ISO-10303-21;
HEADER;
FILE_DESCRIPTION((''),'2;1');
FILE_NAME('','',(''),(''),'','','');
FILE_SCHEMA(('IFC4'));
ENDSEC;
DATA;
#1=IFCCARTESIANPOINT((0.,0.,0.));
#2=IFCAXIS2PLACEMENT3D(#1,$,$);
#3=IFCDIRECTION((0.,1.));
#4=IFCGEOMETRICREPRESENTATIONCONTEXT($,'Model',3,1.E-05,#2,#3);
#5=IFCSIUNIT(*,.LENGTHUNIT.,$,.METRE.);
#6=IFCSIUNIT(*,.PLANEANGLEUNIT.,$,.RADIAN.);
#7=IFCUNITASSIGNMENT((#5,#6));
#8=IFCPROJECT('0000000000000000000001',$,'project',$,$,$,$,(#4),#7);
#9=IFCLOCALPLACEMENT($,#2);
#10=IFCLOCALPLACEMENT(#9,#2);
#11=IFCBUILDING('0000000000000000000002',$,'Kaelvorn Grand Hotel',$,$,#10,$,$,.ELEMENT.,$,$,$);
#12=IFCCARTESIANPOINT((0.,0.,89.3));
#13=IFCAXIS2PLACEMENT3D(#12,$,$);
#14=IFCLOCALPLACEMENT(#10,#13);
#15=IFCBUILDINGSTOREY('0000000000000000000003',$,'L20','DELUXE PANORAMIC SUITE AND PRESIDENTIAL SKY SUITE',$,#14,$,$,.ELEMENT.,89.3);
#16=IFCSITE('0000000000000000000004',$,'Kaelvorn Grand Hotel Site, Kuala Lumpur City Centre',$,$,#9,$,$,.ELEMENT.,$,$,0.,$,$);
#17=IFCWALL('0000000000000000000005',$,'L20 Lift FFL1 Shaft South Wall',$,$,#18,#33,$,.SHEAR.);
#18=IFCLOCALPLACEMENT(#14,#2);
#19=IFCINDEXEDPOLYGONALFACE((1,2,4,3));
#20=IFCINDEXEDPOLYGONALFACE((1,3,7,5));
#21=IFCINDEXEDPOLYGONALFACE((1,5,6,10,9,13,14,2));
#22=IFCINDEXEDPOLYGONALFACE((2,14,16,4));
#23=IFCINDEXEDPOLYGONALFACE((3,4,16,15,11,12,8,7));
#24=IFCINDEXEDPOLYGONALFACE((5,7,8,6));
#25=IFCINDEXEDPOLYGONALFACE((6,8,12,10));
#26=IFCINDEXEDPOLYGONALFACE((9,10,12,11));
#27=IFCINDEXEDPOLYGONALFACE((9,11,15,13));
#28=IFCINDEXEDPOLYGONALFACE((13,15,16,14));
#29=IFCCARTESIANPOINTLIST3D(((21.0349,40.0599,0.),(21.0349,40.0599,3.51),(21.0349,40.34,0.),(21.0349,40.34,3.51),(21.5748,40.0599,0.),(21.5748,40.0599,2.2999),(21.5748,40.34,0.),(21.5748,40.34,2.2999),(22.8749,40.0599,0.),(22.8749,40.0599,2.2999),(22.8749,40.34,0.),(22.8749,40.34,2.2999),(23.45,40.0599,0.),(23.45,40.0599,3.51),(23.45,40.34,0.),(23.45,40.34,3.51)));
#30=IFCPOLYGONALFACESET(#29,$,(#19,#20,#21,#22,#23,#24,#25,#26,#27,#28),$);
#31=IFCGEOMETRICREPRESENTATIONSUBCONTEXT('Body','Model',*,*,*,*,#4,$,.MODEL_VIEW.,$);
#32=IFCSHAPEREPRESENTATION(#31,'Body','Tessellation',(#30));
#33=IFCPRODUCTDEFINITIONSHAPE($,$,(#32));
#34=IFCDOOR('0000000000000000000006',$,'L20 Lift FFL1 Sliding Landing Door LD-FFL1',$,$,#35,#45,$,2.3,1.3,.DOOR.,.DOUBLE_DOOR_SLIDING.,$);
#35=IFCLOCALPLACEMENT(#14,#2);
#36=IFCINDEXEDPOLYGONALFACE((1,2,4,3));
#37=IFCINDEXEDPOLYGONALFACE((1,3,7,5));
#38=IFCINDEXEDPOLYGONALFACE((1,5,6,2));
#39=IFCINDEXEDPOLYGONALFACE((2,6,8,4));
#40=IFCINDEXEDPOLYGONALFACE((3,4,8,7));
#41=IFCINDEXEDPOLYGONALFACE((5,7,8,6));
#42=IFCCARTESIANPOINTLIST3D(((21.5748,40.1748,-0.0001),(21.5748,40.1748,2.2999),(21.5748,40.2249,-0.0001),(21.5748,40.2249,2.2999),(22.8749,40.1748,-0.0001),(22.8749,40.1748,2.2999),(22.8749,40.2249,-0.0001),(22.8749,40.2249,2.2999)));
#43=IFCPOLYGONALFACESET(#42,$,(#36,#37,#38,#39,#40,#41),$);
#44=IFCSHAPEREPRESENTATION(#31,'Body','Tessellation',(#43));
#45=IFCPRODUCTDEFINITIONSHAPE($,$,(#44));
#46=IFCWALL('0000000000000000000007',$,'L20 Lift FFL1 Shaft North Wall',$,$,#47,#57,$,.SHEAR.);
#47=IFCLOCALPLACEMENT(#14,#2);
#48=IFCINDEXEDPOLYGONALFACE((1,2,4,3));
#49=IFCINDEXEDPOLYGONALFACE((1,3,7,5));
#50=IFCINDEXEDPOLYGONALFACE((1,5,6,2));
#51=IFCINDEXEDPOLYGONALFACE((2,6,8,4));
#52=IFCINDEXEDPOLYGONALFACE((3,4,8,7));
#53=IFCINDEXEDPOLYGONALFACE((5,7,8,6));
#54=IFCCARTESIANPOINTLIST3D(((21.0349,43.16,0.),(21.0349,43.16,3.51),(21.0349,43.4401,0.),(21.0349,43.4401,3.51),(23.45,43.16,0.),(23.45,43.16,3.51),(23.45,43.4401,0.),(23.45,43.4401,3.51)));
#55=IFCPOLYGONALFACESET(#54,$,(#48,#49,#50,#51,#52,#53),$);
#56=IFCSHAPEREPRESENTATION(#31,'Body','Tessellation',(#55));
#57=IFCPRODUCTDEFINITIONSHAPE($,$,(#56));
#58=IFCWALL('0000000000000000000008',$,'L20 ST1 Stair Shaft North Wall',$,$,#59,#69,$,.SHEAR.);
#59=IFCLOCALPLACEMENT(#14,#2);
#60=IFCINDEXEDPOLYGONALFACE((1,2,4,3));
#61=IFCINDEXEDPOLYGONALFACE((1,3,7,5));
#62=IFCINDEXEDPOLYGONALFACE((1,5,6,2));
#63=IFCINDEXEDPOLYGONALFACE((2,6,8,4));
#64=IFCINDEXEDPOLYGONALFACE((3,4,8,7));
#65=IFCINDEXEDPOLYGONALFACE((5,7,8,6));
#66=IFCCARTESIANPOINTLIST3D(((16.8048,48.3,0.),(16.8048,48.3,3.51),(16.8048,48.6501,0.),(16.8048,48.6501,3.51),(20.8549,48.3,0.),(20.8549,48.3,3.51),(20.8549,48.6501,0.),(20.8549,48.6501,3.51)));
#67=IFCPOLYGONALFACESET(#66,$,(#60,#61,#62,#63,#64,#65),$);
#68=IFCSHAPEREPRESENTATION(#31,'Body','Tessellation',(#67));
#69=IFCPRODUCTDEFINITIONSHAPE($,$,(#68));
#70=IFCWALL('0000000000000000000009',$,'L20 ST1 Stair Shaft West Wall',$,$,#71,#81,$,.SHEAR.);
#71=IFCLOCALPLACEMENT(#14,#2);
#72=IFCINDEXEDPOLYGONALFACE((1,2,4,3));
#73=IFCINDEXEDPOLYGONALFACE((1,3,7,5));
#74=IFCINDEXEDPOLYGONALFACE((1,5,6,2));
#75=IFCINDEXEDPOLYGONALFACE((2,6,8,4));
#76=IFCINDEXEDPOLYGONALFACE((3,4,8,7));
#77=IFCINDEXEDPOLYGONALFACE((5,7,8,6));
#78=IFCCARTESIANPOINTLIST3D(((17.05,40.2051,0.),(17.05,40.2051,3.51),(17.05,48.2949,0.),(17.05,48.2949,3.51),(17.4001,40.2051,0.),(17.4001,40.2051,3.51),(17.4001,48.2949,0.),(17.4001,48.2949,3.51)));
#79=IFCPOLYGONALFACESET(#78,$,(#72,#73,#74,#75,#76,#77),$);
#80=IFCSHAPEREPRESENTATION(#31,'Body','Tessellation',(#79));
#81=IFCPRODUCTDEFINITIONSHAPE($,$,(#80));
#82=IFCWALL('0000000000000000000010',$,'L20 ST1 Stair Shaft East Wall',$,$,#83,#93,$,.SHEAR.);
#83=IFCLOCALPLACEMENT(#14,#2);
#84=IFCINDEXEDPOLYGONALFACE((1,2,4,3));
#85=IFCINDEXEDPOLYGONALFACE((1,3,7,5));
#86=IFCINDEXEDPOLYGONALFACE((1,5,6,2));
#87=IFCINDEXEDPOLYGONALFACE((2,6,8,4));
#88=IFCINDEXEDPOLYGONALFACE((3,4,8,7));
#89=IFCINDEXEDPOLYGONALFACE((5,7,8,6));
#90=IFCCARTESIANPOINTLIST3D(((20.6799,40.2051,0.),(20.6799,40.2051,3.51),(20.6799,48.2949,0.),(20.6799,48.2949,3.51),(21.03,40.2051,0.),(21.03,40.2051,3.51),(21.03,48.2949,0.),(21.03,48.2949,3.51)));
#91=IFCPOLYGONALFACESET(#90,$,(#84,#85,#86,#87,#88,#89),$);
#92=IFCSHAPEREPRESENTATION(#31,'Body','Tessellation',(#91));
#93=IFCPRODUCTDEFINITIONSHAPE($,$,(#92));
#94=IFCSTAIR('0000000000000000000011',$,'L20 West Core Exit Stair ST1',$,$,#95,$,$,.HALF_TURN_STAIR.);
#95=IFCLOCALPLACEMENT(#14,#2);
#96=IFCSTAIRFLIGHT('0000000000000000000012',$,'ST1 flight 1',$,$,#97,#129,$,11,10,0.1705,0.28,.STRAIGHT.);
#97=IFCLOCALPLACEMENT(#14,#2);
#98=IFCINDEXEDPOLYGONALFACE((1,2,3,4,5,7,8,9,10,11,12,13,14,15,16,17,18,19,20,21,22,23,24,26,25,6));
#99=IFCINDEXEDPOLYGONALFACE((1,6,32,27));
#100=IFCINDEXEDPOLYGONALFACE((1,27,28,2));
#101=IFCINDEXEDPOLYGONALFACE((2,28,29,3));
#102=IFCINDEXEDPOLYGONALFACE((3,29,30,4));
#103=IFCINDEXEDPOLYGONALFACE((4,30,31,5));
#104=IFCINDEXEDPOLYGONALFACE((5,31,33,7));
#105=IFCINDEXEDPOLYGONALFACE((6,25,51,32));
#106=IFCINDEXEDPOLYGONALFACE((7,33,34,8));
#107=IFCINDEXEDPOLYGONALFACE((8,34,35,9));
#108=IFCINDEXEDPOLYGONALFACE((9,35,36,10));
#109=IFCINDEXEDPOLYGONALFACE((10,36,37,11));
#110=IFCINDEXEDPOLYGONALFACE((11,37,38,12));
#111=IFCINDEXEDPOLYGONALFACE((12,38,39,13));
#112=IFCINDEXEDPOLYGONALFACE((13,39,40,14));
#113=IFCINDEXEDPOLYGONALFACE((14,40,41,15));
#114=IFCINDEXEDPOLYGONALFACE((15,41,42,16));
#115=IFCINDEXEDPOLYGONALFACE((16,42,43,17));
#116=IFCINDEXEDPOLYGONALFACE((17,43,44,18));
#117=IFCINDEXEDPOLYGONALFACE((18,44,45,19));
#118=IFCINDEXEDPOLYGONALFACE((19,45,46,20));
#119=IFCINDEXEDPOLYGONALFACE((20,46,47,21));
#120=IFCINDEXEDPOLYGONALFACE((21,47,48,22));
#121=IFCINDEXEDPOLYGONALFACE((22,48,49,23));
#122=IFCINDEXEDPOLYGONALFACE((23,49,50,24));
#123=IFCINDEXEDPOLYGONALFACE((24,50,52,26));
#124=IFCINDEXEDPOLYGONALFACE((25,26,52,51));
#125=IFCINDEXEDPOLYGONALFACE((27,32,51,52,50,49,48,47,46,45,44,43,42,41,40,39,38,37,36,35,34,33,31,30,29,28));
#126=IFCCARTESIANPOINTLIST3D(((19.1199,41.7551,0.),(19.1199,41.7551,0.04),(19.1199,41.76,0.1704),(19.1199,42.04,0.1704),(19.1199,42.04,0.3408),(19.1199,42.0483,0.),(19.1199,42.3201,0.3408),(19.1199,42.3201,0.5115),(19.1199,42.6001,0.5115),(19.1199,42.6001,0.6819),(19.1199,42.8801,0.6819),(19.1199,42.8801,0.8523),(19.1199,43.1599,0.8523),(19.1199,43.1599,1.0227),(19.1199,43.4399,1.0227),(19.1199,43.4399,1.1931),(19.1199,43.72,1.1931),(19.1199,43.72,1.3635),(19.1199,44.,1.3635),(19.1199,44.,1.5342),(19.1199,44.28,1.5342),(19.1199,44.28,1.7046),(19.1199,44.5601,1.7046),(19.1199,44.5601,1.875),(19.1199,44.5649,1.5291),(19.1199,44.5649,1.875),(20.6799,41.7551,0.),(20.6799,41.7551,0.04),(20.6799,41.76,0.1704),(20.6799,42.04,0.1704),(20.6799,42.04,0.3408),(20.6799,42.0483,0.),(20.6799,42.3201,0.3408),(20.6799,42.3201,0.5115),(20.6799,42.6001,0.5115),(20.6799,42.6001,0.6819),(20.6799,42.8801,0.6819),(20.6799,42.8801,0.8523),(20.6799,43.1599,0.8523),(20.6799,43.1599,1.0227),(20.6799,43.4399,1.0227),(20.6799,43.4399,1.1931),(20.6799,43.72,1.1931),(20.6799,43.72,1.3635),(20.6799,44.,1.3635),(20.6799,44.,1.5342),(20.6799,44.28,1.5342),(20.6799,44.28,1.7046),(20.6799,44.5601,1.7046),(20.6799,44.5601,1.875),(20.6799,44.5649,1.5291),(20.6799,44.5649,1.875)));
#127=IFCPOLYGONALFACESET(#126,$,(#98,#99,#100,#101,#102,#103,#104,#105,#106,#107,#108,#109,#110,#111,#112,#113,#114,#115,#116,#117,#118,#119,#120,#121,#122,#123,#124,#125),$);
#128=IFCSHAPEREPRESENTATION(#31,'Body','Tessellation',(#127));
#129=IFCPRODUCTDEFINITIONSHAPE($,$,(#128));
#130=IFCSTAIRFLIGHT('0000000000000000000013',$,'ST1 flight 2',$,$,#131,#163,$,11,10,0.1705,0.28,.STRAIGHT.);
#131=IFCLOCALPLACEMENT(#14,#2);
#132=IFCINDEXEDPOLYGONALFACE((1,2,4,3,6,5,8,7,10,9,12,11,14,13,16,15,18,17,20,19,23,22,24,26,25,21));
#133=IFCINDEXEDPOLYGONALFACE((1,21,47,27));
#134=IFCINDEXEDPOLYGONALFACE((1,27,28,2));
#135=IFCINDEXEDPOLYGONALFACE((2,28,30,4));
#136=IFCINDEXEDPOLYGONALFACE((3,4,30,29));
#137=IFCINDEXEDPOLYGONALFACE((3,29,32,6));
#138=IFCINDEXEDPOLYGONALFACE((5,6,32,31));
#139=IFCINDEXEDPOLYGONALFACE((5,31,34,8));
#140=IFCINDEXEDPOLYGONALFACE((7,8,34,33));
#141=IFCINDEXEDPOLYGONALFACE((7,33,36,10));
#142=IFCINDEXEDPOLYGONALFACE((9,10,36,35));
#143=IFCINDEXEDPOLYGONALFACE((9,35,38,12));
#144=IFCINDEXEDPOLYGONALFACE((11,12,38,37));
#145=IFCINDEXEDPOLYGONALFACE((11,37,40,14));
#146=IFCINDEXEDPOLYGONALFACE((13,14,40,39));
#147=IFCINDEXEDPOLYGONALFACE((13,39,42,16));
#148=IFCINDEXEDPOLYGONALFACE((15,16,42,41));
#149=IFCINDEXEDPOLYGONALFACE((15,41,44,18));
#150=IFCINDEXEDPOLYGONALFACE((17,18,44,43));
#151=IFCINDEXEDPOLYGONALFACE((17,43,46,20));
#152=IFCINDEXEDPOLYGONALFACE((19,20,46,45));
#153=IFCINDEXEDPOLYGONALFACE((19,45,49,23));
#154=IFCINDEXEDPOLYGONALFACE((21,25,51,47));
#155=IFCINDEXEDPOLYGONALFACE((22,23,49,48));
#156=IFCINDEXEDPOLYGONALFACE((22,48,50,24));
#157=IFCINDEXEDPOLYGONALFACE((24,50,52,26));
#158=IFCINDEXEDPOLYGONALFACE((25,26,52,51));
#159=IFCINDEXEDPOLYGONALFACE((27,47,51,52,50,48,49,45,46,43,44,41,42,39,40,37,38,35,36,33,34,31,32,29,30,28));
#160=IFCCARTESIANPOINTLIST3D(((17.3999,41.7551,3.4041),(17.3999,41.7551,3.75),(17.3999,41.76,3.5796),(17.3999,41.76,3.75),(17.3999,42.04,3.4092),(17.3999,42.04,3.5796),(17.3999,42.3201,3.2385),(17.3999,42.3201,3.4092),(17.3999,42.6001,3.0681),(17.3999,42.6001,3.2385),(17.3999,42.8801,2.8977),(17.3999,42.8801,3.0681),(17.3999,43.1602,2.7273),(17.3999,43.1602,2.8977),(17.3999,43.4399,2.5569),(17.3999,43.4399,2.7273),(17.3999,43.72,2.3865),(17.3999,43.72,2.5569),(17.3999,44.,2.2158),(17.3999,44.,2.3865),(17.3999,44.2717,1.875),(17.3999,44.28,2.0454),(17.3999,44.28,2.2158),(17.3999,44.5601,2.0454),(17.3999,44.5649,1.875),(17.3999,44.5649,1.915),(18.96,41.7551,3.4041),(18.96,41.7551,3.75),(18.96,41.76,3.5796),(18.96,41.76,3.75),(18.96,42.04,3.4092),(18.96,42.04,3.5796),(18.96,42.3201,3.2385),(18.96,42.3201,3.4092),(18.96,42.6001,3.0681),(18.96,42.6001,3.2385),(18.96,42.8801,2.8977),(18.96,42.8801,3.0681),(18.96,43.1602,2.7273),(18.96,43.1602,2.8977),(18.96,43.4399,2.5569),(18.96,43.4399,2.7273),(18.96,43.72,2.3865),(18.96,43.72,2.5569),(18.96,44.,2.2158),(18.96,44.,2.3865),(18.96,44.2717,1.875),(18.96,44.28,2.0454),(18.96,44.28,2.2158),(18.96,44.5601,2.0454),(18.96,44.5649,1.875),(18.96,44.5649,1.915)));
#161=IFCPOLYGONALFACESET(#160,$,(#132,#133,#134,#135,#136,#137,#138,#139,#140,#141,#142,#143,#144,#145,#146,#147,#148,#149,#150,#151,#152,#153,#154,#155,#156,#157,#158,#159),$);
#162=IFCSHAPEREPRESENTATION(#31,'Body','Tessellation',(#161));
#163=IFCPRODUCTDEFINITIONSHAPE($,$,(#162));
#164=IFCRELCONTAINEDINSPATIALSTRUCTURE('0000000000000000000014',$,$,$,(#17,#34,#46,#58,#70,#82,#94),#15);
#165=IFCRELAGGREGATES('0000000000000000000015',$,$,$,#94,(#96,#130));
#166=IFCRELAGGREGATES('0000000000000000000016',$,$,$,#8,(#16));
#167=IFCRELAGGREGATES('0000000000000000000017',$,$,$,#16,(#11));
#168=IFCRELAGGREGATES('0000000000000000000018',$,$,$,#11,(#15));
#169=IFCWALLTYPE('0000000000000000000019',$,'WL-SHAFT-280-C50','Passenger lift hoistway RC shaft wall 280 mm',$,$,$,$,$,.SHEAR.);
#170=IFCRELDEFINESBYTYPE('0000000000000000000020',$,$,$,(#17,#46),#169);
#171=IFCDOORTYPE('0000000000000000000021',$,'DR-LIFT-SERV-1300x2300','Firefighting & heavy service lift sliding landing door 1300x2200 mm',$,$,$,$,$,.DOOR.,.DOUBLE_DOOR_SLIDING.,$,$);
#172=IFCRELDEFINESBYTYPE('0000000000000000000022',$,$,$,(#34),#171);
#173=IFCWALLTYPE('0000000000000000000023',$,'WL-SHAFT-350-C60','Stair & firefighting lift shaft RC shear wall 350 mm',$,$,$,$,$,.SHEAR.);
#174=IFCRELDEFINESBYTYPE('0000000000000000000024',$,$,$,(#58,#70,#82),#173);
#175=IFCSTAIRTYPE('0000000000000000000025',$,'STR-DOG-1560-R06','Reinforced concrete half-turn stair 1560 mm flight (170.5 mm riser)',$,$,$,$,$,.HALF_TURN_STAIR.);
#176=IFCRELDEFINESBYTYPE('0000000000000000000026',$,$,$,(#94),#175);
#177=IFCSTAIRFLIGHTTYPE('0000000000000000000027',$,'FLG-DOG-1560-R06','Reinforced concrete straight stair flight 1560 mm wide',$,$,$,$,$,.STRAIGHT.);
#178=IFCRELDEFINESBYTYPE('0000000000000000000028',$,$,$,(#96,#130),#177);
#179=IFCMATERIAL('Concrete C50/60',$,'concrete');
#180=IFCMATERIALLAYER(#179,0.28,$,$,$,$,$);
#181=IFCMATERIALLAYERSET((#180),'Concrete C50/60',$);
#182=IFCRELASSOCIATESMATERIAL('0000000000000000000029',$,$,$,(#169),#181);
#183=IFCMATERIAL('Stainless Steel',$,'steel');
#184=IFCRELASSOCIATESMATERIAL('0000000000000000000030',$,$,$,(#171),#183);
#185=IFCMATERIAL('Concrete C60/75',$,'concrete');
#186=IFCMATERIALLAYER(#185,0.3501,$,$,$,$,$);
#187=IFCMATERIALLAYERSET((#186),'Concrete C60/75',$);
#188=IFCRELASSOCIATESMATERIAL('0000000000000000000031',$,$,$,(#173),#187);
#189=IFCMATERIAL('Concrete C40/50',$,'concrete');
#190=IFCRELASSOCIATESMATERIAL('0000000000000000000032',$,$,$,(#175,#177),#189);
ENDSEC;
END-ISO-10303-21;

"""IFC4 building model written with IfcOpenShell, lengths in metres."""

from ifc_helpers import new_model, si_unit, direction, frame, frame_2d, origin, place, context, subcontext, project, spatial, polyline, rectangle, outline, extrude, material, layer, layer_set, type_object, element, fill, aggregate, save


model = new_model("IFC4")

# Units and contexts
model_context = context("Model", 3, precision=1e-05, world=origin(), true_north=direction((0.0, 1.0)))
body_context = subcontext(model_context, "Body", "Model", "MODEL_VIEW")
ifc_project = project(units=[si_unit("LENGTHUNIT", "METRE"), si_unit("PLANEANGLEUNIT", "RADIAN")], contexts=[model_context])

# Site, building, storey
site_placement = place(None, origin())
site = spatial("IfcSite", under=ifc_project, at=site_placement, Name="Kaelvorn Grand Hotel Site, Kuala Lumpur City Centre", CompositionType="ELEMENT", RefElevation=0.0)
building_placement = place(site_placement, origin())
building = spatial("IfcBuilding", under=site, at=building_placement, Name="Kaelvorn Grand Hotel", CompositionType="ELEMENT")
storey_placement = place(building_placement, frame((0.0, 0.0, 89.3)))
storey = spatial("IfcBuildingStorey", under=building, at=storey_placement, Name="L20", Description="DELUXE PANORAMIC SUITE AND PRESIDENTIAL SKY SUITE", CompositionType="ELEMENT", Elevation=89.3)

# Shared definitions
ifc_material_1 = material(Name="Concrete C60/75", Category="concrete")

# Shared definitions
ifc_material_2 = material(Name="Concrete C40/50", Category="concrete")

# Wall, opening, door
ifc_material_3 = material(Name="Concrete C50/60", Category="concrete")
ifc_layer_1 = layer(ifc_material_3, 0.28)
ifc_layer_set_1 = layer_set([ifc_layer_1], Name="Concrete C50/60")
wall_type_1 = type_object("IfcWallType", Name="WL-SHAFT-280-C50", Description="Passenger lift hoistway RC shaft wall 280 mm", PredefinedType="SHEAR", material=ifc_layer_set_1)
wall_1_placement = place(storey_placement, frame((21.0349, 40.2, 0.0), z_axis=(0.0, 0.0, 1.0), x_axis=(1.0, 0.0, 0.0)))
wall_1 = element("IfcWall", 1, at=wall_1_placement, inside=storey, type_object=wall_type_1, Name="L20 Lift FFL1 Shaft South Wall", PredefinedType="SHEAR", context=body_context, shape_type="SweptSolid", body=[
    extrude(rectangle(XDim=2.415, YDim=0.28, at=frame_2d((1.2075, 0.0))), origin(), (0.0, 0.0, 1.0), 3.51),
])
opening_1_placement = place(wall_1_placement, frame((0.54, 0.0, 0.0)))
opening_1 = element("IfcOpeningElement", 2, at=opening_1_placement, cuts=wall_1, PredefinedType="OPENING", context=body_context, shape_type="SweptSolid", body=[
    extrude(rectangle(XDim=1.3, YDim=2.3, at=frame_2d((0.6499, 1.1499))), frame((0.0, 0.1499, 0.0), z_axis=(0.0, -1.0, 0.0), x_axis=(1.0, 0.0, 0.0)), (0.0, 0.0, 1.0), 0.3),
])
ifc_material_4 = material(Name="Stainless Steel", Category="steel")
door_type_1 = type_object("IfcDoorType", Name="DR-LIFT-SERV-1300x2300", Description="Firefighting & heavy service lift sliding landing door 1300x2200 mm", OperationType="DOUBLE_DOOR_SLIDING", PredefinedType="DOOR", material=ifc_material_4)
door_1_placement = place(opening_1_placement, origin())
door_1 = element("IfcDoor", 3, at=door_1_placement, inside=storey, type_object=door_type_1, Name="L20 Lift FFL1 Sliding Landing Door LD-FFL1", OperationType="DOUBLE_DOOR_SLIDING", OverallHeight=2.3, OverallWidth=1.3, PredefinedType="DOOR", context=body_context, shape_type="SweptSolid", body=[
    extrude(rectangle(XDim=1.3, YDim=2.3, at=frame_2d((0.6499, 1.1499))), frame((0.0, 0.0249, 0.0), z_axis=(0.0, -1.0, 0.0), x_axis=(1.0, 0.0, 0.0)), (0.0, 0.0, 1.0), 0.05),
])
fill(opening_1, door_1)

# Wall
wall_2_placement = place(storey_placement, frame((21.0349, 43.3, 0.0), z_axis=(0.0, 0.0, 1.0), x_axis=(1.0, 0.0, 0.0)))
element("IfcWall", 4, at=wall_2_placement, inside=storey, type_object=wall_type_1, Name="L20 Lift FFL1 Shaft North Wall", PredefinedType="SHEAR", context=body_context, shape_type="SweptSolid", body=[
    extrude(rectangle(XDim=2.415, YDim=0.28, at=frame_2d((1.2075, 0.0))), origin(), (0.0, 0.0, 1.0), 3.51),
])

# Shared definitions
ifc_layer_2 = layer(ifc_material_1, 0.3501)
ifc_layer_set_2 = layer_set([ifc_layer_2], Name="Concrete C60/75")
wall_type_2 = type_object("IfcWallType", Name="WL-SHAFT-350-C60", Description="Stair & firefighting lift shaft RC shear wall 350 mm", PredefinedType="SHEAR", material=ifc_layer_set_2)

# Walls
wall_3_placement = place(storey_placement, frame((16.8049, 48.4751, 0.0), z_axis=(0.0, 0.0, 1.0), x_axis=(1.0, 0.0, 0.0)))
element("IfcWall", 5, at=wall_3_placement, inside=storey, type_object=wall_type_2, Name="L20 ST1 Stair Shaft North Wall", PredefinedType="SHEAR", context=body_context, shape_type="SweptSolid", body=[
    extrude(rectangle(XDim=4.05, YDim=0.3501, at=frame_2d((2.0249, 0.0))), origin(), (0.0, 0.0, 1.0), 3.51),
])
for number, where, z_axis, x_axis, name in (
    (6, (17.2251, 40.2051, 0.0), (0.0, 0.0, 1.0), (0.0, 1.0, 0.0), "L20 ST1 Stair Shaft West Wall"),
    (7, (20.855, 40.2051, 0.0), (0.0, 0.0, 1.0), (0.0, 1.0, 0.0), "L20 ST1 Stair Shaft East Wall"),
):
    element("IfcWall", number, at=place(storey_placement, frame(where, z_axis=z_axis, x_axis=x_axis)), inside=storey, type_object=wall_type_2, Name=name, PredefinedType="SHEAR", context=body_context, shape_type="SweptSolid", body=[
        extrude(rectangle(XDim=8.0898, YDim=0.3501, at=frame_2d((4.0449, 0.0))), origin(), (0.0, 0.0, 1.0), 3.51),
    ])

# Stair, stair flights
stair_type = type_object("IfcStairType", Name="STR-DOG-1560-R06", Description="Reinforced concrete half-turn stair 1560 mm flight (170.5 mm riser)", PredefinedType="HALF_TURN_STAIR", material=ifc_material_2)
stair_placement = place(storey_placement, origin())
stair = element("IfcStair", 8, at=stair_placement, inside=storey, type_object=stair_type, Name="L20 West Core Exit Stair ST1", PredefinedType="HALF_TURN_STAIR")
stair_flight_type = type_object("IfcStairFlightType", Name="FLG-DOG-1560-R06", Description="Reinforced concrete straight stair flight 1560 mm wide", PredefinedType="STRAIGHT", material=ifc_material_2)
stair_flight_1_placement = place(storey_placement, frame((19.8999, 41.76, 0.0), z_axis=(0.0, 0.0, 1.0), x_axis=(0.0, 1.0, 0.0)))
stair_flight_1 = element("IfcStairFlight", 9, at=stair_flight_1_placement, type_object=stair_flight_type, Name="ST1 flight 1", NumberOfRisers=11, NumberOfTreads=10, PredefinedType="STRAIGHT", RiserHeight=0.1705, TreadLength=0.28, context=body_context, shape_type="SweptSolid", body=[
    extrude(outline(polyline([(-0.0049, 0.0), (-0.0049, 0.04), (0.0, 0.1704), (0.28, 0.1704), (0.28, 0.3408), (0.5601, 0.3408), (0.5601, 0.5115), (0.8401, 0.5115), (0.8401, 0.6819), (1.1201, 0.6819), (1.1201, 0.8523), (1.3999, 0.8523), (1.3999, 1.0227), (1.6799, 1.0227), (1.6799, 1.1931), (1.96, 1.1931), (1.96, 1.3635), (2.24, 1.3635), (2.24, 1.5342), (2.52, 1.5342), (2.52, 1.7046), (2.8, 1.7046), (2.8, 1.875), (2.8049, 1.875), (2.8049, 1.5291), (0.2883, 0.0), (-0.0049, 0.0)])), frame((0.0, 0.78, 0.0), z_axis=(0.0, -1.0, 0.0), x_axis=(1.0, 0.0, 0.0)), (0.0, 0.0, 1.0), 1.5601),
])
stair_flight_2_placement = place(storey_placement, frame((18.1799, 44.5601, 1.875), z_axis=(0.0, 0.0, 1.0), x_axis=(0.0, -1.0, 0.0)))
stair_flight_2 = element("IfcStairFlight", 10, at=stair_flight_2_placement, type_object=stair_flight_type, Name="ST1 flight 2", NumberOfRisers=11, NumberOfTreads=10, PredefinedType="STRAIGHT", RiserHeight=0.1705, TreadLength=0.28, context=body_context, shape_type="SweptSolid", body=[
    extrude(outline(polyline([(-0.0049, 0.0), (-0.0049, 0.04), (0.0, 0.1704), (0.28, 0.1704), (0.28, 0.3408), (0.5601, 0.3408), (0.5601, 0.5115), (0.8401, 0.5115), (0.8401, 0.6819), (1.1201, 0.6819), (1.1201, 0.8523), (1.3999, 0.8523), (1.3999, 1.0227), (1.6799, 1.0227), (1.6799, 1.1931), (1.96, 1.1931), (1.96, 1.3635), (2.24, 1.3635), (2.24, 1.5342), (2.52, 1.5342), (2.52, 1.7046), (2.8, 1.7046), (2.8, 1.875), (2.8049, 1.875), (2.8049, 1.5291), (0.2883, 0.0), (-0.0049, 0.0)])), frame((0.0, 0.78, 0.0), z_axis=(0.0, -1.0, 0.0), x_axis=(1.0, 0.0, 0.0)), (0.0, 0.0, 1.0), 1.5601),
])
aggregate(stair, [stair_flight_1, stair_flight_2])

save(model, "model.ifc")
